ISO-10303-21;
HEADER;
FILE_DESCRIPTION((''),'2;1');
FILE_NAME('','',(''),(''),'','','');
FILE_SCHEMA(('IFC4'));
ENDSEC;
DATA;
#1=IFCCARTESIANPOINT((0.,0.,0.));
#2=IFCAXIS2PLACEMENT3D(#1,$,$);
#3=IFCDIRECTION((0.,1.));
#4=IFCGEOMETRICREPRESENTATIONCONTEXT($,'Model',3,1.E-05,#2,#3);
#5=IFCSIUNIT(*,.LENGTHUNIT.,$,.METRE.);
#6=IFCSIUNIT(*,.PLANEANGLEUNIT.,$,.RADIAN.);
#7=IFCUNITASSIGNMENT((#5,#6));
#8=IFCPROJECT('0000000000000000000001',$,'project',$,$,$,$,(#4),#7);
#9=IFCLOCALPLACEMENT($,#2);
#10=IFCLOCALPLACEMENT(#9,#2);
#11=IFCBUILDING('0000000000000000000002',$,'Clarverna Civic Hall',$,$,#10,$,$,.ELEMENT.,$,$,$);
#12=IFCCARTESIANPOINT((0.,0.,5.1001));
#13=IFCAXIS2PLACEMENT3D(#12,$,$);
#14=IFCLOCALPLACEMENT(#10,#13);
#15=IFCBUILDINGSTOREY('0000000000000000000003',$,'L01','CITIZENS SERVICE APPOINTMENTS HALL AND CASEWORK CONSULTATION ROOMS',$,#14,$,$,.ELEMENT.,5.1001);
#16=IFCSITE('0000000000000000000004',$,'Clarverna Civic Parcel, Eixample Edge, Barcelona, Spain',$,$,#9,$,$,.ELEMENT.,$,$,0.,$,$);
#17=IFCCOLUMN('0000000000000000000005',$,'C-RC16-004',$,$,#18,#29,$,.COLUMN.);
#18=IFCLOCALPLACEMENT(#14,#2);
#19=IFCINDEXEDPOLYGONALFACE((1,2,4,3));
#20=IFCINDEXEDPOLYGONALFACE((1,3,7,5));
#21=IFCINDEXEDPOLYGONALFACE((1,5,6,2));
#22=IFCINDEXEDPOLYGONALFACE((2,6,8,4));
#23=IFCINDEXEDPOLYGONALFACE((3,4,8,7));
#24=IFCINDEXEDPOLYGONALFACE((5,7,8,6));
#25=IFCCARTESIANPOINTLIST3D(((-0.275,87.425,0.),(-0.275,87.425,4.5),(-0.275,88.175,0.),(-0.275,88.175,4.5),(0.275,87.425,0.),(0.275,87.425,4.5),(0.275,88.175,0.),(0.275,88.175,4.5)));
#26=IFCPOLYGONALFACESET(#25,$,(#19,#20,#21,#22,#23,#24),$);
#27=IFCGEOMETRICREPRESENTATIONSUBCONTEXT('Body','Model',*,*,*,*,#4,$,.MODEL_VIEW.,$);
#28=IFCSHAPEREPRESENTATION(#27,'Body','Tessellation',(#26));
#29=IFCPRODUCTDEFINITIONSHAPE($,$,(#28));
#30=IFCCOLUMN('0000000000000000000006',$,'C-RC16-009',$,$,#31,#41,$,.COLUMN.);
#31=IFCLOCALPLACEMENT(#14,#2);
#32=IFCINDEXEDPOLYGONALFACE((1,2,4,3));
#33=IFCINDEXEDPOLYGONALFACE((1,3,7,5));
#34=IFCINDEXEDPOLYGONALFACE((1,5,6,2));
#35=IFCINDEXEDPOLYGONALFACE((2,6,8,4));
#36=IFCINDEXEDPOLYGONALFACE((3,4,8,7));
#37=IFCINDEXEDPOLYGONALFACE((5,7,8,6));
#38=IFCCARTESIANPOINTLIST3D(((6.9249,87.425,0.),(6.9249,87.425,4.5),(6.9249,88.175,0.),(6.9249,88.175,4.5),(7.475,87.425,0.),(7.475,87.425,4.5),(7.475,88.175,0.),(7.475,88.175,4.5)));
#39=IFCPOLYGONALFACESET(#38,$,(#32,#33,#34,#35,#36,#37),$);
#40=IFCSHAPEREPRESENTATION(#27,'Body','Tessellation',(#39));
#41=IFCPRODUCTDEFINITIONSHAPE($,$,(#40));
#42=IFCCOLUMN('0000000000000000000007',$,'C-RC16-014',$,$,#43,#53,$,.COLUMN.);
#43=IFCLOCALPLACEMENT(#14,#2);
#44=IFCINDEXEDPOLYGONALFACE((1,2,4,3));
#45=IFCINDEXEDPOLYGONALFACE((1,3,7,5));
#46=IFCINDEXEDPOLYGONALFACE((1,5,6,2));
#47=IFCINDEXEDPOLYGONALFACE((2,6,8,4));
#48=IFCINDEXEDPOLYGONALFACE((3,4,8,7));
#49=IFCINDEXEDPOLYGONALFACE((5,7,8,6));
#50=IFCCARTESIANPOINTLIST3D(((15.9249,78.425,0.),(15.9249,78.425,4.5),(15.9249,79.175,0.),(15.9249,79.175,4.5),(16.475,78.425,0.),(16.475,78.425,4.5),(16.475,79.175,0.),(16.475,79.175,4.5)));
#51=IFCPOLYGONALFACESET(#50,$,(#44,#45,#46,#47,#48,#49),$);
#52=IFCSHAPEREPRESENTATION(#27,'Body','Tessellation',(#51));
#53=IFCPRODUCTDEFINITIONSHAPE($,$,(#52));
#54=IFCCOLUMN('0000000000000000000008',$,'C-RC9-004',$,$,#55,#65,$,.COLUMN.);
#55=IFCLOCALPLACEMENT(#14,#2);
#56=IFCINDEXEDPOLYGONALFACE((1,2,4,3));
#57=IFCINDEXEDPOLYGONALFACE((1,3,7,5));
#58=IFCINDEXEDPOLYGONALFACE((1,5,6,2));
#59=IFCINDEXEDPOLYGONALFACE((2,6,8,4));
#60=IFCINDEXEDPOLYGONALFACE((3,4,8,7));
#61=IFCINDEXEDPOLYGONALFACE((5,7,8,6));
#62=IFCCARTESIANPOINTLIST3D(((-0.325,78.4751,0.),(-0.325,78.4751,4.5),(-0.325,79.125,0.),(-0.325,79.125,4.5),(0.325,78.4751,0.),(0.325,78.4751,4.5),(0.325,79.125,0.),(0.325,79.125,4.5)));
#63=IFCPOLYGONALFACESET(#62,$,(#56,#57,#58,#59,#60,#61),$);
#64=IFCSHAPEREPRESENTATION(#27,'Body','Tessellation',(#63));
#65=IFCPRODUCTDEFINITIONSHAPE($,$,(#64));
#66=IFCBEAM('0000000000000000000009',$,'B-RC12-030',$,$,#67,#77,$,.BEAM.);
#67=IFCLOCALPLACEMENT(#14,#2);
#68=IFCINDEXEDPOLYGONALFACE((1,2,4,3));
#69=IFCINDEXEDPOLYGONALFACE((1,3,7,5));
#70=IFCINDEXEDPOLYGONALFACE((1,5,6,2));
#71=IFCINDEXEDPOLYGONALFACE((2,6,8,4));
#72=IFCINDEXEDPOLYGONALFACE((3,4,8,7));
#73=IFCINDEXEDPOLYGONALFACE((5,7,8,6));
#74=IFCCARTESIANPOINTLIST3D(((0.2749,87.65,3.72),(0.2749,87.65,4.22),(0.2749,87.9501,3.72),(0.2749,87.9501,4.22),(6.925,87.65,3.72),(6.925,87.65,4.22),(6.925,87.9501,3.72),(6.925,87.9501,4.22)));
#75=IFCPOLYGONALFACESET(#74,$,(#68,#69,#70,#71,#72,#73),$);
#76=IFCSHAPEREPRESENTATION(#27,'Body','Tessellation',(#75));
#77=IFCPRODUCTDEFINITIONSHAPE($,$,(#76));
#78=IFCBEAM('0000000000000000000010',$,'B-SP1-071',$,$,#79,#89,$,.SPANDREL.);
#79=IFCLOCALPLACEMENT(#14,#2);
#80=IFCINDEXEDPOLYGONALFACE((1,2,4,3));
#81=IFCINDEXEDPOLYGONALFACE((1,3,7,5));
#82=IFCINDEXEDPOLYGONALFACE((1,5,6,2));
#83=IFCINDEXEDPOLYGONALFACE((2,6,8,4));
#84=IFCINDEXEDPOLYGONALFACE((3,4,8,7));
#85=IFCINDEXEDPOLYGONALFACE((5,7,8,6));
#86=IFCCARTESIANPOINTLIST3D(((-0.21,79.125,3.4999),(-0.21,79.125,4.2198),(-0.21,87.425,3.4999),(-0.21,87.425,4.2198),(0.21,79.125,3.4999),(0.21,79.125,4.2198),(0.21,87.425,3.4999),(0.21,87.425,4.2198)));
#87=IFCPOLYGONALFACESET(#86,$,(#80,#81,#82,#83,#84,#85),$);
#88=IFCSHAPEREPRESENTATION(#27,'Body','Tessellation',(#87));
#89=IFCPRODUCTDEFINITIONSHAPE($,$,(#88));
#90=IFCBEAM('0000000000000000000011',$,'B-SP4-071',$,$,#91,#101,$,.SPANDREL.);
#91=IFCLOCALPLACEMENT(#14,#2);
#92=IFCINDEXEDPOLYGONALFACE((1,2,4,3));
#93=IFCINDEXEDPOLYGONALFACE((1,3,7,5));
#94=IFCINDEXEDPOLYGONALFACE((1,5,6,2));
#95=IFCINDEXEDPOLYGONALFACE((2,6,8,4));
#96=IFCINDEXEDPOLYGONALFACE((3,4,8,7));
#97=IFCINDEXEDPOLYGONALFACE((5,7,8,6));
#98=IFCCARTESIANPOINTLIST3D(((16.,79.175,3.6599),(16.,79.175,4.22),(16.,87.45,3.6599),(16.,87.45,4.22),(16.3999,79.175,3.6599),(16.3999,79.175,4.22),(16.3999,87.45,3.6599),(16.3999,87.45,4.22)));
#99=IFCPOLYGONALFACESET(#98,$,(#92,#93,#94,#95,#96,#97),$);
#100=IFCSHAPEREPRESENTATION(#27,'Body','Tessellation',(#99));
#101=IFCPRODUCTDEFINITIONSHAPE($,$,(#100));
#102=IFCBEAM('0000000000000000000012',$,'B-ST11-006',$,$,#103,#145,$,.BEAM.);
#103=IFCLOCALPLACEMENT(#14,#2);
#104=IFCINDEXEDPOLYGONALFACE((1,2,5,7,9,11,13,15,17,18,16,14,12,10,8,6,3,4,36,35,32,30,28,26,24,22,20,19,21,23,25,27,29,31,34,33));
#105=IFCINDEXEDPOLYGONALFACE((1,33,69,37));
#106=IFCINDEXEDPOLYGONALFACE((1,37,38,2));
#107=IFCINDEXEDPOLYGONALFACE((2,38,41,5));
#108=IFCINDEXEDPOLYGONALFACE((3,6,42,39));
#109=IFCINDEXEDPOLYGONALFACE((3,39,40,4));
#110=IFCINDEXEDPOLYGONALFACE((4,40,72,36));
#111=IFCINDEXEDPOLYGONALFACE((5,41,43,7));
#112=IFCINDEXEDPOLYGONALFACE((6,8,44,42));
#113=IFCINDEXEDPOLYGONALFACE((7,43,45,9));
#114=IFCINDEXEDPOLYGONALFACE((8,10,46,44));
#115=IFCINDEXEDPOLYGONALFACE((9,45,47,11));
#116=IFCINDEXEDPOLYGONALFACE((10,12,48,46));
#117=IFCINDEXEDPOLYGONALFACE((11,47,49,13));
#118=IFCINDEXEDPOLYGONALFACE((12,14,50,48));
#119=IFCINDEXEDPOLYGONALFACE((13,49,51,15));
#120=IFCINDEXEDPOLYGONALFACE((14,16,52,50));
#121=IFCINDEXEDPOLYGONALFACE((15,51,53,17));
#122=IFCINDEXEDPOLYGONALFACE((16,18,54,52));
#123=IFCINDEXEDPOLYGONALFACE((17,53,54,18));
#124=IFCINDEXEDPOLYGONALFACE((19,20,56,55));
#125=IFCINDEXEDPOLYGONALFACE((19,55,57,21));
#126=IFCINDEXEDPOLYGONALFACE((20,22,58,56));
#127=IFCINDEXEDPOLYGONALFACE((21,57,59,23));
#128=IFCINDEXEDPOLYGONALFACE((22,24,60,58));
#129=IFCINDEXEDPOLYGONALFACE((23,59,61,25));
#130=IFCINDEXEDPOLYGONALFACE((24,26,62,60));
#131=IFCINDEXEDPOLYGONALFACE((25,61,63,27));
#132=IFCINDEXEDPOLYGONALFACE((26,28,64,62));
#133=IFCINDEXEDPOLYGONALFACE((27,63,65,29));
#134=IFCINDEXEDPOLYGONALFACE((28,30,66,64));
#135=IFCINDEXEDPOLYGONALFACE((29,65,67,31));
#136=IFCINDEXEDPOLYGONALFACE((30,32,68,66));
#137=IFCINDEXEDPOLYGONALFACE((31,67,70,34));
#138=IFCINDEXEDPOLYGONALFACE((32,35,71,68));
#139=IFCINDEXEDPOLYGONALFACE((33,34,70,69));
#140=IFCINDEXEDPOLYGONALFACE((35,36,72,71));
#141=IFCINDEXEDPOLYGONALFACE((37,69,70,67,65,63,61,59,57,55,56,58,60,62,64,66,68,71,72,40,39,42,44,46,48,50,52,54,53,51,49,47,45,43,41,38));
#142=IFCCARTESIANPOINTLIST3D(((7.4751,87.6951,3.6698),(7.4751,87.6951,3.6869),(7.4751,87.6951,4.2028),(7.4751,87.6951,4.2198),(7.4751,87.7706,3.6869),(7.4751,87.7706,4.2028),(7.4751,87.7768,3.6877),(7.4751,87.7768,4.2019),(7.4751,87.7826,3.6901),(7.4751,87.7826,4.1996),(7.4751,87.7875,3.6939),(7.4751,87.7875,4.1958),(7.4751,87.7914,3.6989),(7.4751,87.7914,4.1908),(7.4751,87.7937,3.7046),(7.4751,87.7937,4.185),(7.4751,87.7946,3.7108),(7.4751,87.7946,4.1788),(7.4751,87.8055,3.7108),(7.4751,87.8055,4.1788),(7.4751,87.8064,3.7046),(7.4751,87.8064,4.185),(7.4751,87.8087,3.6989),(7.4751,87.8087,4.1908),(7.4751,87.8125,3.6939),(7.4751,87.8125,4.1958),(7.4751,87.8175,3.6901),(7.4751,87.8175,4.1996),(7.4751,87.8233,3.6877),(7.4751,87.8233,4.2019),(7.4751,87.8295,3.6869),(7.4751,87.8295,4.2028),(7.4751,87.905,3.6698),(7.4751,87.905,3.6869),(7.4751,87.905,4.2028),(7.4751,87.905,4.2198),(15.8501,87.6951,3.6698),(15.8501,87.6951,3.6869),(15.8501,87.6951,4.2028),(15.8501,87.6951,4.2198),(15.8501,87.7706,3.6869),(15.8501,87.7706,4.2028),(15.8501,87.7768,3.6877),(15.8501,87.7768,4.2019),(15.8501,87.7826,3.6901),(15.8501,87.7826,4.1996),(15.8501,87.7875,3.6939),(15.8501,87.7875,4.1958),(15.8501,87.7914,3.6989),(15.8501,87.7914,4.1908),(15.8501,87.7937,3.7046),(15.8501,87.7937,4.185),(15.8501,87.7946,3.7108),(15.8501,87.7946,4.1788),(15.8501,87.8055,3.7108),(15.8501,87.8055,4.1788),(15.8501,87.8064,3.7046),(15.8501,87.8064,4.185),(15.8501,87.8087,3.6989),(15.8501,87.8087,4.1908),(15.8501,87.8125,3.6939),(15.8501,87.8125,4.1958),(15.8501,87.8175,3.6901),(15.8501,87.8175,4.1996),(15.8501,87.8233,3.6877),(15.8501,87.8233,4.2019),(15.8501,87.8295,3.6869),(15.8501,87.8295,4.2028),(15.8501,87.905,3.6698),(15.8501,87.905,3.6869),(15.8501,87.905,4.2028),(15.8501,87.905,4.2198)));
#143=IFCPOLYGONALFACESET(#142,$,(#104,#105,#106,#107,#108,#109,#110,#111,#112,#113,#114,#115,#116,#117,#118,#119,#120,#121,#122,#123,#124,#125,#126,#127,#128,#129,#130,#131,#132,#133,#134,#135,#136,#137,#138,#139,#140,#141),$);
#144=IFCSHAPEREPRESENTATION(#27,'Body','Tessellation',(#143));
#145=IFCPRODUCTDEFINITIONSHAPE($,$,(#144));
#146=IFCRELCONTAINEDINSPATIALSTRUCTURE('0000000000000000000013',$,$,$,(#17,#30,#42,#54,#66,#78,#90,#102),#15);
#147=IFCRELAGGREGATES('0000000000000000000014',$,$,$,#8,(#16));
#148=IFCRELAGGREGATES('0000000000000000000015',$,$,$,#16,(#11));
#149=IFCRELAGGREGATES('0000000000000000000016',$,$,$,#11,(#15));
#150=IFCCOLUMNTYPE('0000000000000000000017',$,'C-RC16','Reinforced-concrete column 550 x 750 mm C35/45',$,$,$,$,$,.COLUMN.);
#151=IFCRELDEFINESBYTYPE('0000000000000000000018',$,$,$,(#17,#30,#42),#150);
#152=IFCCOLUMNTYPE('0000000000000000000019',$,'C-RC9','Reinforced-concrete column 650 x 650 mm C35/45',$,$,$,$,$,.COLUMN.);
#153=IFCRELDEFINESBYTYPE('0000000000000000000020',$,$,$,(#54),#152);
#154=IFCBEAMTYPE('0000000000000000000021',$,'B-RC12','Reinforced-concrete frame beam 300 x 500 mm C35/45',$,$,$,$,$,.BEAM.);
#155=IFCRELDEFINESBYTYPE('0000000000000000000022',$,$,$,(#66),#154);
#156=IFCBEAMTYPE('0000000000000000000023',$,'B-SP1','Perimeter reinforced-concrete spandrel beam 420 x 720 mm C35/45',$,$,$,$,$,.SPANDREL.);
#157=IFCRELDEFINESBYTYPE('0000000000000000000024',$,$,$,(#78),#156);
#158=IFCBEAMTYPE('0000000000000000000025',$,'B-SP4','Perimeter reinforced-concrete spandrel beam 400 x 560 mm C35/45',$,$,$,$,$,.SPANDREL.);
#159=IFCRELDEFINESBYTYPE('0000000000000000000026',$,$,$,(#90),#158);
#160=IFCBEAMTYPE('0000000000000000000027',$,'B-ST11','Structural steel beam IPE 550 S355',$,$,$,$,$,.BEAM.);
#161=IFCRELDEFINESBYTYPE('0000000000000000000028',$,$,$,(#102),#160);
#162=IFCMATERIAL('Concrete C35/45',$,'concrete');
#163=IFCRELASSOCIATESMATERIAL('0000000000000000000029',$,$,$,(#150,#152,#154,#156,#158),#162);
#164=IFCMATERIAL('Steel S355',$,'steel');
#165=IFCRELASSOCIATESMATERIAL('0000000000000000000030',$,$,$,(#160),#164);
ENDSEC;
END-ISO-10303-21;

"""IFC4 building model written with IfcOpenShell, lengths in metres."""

from ifc_helpers import new_model, si_unit, direction, frame, origin, origin_2d, place, context, subcontext, project, spatial, rectangle, i_section, extrude, material, material_profile, profile_set, type_object, element, save


model = new_model("IFC4")

# Units and contexts
model_context = context("Model", 3, precision=1e-05, world=origin(), true_north=direction((0.0, 1.0)))
body_context = subcontext(model_context, "Body", "Model", "MODEL_VIEW")
ifc_project = project(units=[si_unit("LENGTHUNIT", "METRE"), si_unit("PLANEANGLEUNIT", "RADIAN")], contexts=[model_context])

# Site, building, storey
site_placement = place(None, origin())
site = spatial("IfcSite", under=ifc_project, at=site_placement, Name="Clarverna Civic Parcel, Eixample Edge, Barcelona, Spain", CompositionType="ELEMENT", RefElevation=0.0)
building_placement = place(site_placement, origin())
building = spatial("IfcBuilding", under=site, at=building_placement, Name="Clarverna Civic Hall", CompositionType="ELEMENT")
storey_placement = place(building_placement, frame((0.0, 0.0, 5.1001)))
storey = spatial("IfcBuildingStorey", under=building, at=storey_placement, Name="L01", Description="CITIZENS SERVICE APPOINTMENTS HALL AND CASEWORK CONSULTATION ROOMS", CompositionType="ELEMENT", Elevation=5.1001)

# Columns
ifc_material_1 = material(Name="Concrete C35/45", Category="concrete")
ifc_material_profile_1 = material_profile(ifc_material_1, rectangle(XDim=0.55, YDim=0.75, at=origin_2d()), Name="RC 550x750")
ifc_profile_set_1 = profile_set([ifc_material_profile_1], Name="Concrete C35/45")
column_type_1 = type_object("IfcColumnType", Name="C-RC16", Description="Reinforced-concrete column 550 x 750 mm C35/45", PredefinedType="COLUMN", material=ifc_profile_set_1)
for number, where, z_axis, x_axis, name in (
    (1, (0.0, 87.8, 0.0), (0.0, 0.0, 1.0), (1.0, 0.0, 0.0), "C-RC16-004"),
    (2, (7.2, 87.8, 0.0), (0.0, 0.0, 1.0), (1.0, 0.0, 0.0), "C-RC16-009"),
    (3, (16.2, 78.8, 0.0), (0.0, 0.0, 1.0), (1.0, 0.0, 0.0), "C-RC16-014"),
):
    element("IfcColumn", number, at=place(storey_placement, frame(where, z_axis=z_axis, x_axis=x_axis)), inside=storey, type_object=column_type_1, Name=name, PredefinedType="COLUMN", context=body_context, shape_type="SweptSolid", body=[
        extrude(rectangle(XDim=0.55, YDim=0.75, at=origin_2d()), origin(), (0.0, 0.0, 1.0), 4.5),
    ])
ifc_material_profile_2 = material_profile(ifc_material_1, rectangle(XDim=0.6499, YDim=0.6499, at=origin_2d()), Name="RC 650x650")
ifc_profile_set_2 = profile_set([ifc_material_profile_2], Name="Concrete C35/45")
column_type_2 = type_object("IfcColumnType", Name="C-RC9", Description="Reinforced-concrete column 650 x 650 mm C35/45", PredefinedType="COLUMN", material=ifc_profile_set_2)
column_placement = place(storey_placement, frame((0.0, 78.8, 0.0), z_axis=(0.0, 0.0, 1.0), x_axis=(1.0, 0.0, 0.0)))
element("IfcColumn", 4, at=column_placement, inside=storey, type_object=column_type_2, Name="C-RC9-004", PredefinedType="COLUMN", context=body_context, shape_type="SweptSolid", body=[
    extrude(rectangle(XDim=0.6499, YDim=0.6499, at=origin_2d()), origin(), (0.0, 0.0, 1.0), 4.5),
])

# Beams
ifc_material_profile_3 = material_profile(ifc_material_1, rectangle(XDim=0.3, YDim=0.5, at=origin_2d()), Name="RC 300x500")
ifc_profile_set_3 = profile_set([ifc_material_profile_3], Name="Concrete C35/45")
beam_type_1 = type_object("IfcBeamType", Name="B-RC12", Description="Reinforced-concrete frame beam 300 x 500 mm C35/45", PredefinedType="BEAM", material=ifc_profile_set_3)
beam_1_placement = place(storey_placement, frame((0.2749, 87.8, 3.97), z_axis=(1.0, 0.0, 0.0), x_axis=(0.0, 1.0, 0.0)))
element("IfcBeam", 5, at=beam_1_placement, inside=storey, type_object=beam_type_1, Name="B-RC12-030", PredefinedType="BEAM", context=body_context, shape_type="SweptSolid", body=[
    extrude(rectangle(XDim=0.3, YDim=0.5, at=origin_2d()), origin(), (0.0, 0.0, 1.0), 6.6501),
])
ifc_material_profile_4 = material_profile(ifc_material_1, rectangle(XDim=0.4199, YDim=0.72, at=origin_2d()), Name="RC 420x720")
ifc_profile_set_4 = profile_set([ifc_material_profile_4], Name="Concrete C35/45")
beam_type_2 = type_object("IfcBeamType", Name="B-SP1", Description="Perimeter reinforced-concrete spandrel beam 420 x 720 mm C35/45", PredefinedType="SPANDREL", material=ifc_profile_set_4)
beam_2_placement = place(storey_placement, frame((0.0, 79.125, 3.8599), z_axis=(0.0, 1.0, 0.0), x_axis=(-1.0, 0.0, 0.0)))
element("IfcBeam", 6, at=beam_2_placement, inside=storey, type_object=beam_type_2, Name="B-SP1-071", PredefinedType="SPANDREL", context=body_context, shape_type="SweptSolid", body=[
    extrude(rectangle(XDim=0.4199, YDim=0.72, at=origin_2d()), origin(), (0.0, 0.0, 1.0), 8.3),
])
ifc_material_profile_5 = material_profile(ifc_material_1, rectangle(XDim=0.3999, YDim=0.5601, at=origin_2d()), Name="RC 400x560")
ifc_profile_set_5 = profile_set([ifc_material_profile_5], Name="Concrete C35/45")
beam_type_3 = type_object("IfcBeamType", Name="B-SP4", Description="Perimeter reinforced-concrete spandrel beam 400 x 560 mm C35/45", PredefinedType="SPANDREL", material=ifc_profile_set_5)
beam_3_placement = place(storey_placement, frame((16.2, 79.175, 3.9399), z_axis=(0.0, 1.0, 0.0), x_axis=(-1.0, 0.0, 0.0)))
element("IfcBeam", 7, at=beam_3_placement, inside=storey, type_object=beam_type_3, Name="B-SP4-071", PredefinedType="SPANDREL", context=body_context, shape_type="SweptSolid", body=[
    extrude(rectangle(XDim=0.3999, YDim=0.5601, at=origin_2d()), origin(), (0.0, 0.0, 1.0), 8.2749),
])
ifc_material_2 = material(Name="Steel S355", Category="steel")
ifc_material_profile_6 = material_profile(ifc_material_2, i_section(OverallWidth=0.21, OverallDepth=0.55, WebThickness=0.011, FlangeThickness=0.0171, FilletRadius=0.0239, at=origin_2d()), Name="IPE 550")
ifc_profile_set_6 = profile_set([ifc_material_profile_6], Name="Steel S355")
beam_type_4 = type_object("IfcBeamType", Name="B-ST11", Description="Structural steel beam IPE 550 S355", PredefinedType="BEAM", material=ifc_profile_set_6)
beam_4_placement = place(storey_placement, frame((7.4751, 87.8, 3.9448), z_axis=(1.0, 0.0, 0.0), x_axis=(0.0, 1.0, 0.0)))
element("IfcBeam", 8, at=beam_4_placement, inside=storey, type_object=beam_type_4, Name="B-ST11-006", PredefinedType="BEAM", context=body_context, shape_type="SweptSolid", body=[
    extrude(i_section(OverallWidth=0.21, OverallDepth=0.55, WebThickness=0.011, FlangeThickness=0.0171, FilletRadius=0.0239, at=origin_2d()), origin(), (0.0, 0.0, 1.0), 8.375),
])

save(model, "model.ifc")
